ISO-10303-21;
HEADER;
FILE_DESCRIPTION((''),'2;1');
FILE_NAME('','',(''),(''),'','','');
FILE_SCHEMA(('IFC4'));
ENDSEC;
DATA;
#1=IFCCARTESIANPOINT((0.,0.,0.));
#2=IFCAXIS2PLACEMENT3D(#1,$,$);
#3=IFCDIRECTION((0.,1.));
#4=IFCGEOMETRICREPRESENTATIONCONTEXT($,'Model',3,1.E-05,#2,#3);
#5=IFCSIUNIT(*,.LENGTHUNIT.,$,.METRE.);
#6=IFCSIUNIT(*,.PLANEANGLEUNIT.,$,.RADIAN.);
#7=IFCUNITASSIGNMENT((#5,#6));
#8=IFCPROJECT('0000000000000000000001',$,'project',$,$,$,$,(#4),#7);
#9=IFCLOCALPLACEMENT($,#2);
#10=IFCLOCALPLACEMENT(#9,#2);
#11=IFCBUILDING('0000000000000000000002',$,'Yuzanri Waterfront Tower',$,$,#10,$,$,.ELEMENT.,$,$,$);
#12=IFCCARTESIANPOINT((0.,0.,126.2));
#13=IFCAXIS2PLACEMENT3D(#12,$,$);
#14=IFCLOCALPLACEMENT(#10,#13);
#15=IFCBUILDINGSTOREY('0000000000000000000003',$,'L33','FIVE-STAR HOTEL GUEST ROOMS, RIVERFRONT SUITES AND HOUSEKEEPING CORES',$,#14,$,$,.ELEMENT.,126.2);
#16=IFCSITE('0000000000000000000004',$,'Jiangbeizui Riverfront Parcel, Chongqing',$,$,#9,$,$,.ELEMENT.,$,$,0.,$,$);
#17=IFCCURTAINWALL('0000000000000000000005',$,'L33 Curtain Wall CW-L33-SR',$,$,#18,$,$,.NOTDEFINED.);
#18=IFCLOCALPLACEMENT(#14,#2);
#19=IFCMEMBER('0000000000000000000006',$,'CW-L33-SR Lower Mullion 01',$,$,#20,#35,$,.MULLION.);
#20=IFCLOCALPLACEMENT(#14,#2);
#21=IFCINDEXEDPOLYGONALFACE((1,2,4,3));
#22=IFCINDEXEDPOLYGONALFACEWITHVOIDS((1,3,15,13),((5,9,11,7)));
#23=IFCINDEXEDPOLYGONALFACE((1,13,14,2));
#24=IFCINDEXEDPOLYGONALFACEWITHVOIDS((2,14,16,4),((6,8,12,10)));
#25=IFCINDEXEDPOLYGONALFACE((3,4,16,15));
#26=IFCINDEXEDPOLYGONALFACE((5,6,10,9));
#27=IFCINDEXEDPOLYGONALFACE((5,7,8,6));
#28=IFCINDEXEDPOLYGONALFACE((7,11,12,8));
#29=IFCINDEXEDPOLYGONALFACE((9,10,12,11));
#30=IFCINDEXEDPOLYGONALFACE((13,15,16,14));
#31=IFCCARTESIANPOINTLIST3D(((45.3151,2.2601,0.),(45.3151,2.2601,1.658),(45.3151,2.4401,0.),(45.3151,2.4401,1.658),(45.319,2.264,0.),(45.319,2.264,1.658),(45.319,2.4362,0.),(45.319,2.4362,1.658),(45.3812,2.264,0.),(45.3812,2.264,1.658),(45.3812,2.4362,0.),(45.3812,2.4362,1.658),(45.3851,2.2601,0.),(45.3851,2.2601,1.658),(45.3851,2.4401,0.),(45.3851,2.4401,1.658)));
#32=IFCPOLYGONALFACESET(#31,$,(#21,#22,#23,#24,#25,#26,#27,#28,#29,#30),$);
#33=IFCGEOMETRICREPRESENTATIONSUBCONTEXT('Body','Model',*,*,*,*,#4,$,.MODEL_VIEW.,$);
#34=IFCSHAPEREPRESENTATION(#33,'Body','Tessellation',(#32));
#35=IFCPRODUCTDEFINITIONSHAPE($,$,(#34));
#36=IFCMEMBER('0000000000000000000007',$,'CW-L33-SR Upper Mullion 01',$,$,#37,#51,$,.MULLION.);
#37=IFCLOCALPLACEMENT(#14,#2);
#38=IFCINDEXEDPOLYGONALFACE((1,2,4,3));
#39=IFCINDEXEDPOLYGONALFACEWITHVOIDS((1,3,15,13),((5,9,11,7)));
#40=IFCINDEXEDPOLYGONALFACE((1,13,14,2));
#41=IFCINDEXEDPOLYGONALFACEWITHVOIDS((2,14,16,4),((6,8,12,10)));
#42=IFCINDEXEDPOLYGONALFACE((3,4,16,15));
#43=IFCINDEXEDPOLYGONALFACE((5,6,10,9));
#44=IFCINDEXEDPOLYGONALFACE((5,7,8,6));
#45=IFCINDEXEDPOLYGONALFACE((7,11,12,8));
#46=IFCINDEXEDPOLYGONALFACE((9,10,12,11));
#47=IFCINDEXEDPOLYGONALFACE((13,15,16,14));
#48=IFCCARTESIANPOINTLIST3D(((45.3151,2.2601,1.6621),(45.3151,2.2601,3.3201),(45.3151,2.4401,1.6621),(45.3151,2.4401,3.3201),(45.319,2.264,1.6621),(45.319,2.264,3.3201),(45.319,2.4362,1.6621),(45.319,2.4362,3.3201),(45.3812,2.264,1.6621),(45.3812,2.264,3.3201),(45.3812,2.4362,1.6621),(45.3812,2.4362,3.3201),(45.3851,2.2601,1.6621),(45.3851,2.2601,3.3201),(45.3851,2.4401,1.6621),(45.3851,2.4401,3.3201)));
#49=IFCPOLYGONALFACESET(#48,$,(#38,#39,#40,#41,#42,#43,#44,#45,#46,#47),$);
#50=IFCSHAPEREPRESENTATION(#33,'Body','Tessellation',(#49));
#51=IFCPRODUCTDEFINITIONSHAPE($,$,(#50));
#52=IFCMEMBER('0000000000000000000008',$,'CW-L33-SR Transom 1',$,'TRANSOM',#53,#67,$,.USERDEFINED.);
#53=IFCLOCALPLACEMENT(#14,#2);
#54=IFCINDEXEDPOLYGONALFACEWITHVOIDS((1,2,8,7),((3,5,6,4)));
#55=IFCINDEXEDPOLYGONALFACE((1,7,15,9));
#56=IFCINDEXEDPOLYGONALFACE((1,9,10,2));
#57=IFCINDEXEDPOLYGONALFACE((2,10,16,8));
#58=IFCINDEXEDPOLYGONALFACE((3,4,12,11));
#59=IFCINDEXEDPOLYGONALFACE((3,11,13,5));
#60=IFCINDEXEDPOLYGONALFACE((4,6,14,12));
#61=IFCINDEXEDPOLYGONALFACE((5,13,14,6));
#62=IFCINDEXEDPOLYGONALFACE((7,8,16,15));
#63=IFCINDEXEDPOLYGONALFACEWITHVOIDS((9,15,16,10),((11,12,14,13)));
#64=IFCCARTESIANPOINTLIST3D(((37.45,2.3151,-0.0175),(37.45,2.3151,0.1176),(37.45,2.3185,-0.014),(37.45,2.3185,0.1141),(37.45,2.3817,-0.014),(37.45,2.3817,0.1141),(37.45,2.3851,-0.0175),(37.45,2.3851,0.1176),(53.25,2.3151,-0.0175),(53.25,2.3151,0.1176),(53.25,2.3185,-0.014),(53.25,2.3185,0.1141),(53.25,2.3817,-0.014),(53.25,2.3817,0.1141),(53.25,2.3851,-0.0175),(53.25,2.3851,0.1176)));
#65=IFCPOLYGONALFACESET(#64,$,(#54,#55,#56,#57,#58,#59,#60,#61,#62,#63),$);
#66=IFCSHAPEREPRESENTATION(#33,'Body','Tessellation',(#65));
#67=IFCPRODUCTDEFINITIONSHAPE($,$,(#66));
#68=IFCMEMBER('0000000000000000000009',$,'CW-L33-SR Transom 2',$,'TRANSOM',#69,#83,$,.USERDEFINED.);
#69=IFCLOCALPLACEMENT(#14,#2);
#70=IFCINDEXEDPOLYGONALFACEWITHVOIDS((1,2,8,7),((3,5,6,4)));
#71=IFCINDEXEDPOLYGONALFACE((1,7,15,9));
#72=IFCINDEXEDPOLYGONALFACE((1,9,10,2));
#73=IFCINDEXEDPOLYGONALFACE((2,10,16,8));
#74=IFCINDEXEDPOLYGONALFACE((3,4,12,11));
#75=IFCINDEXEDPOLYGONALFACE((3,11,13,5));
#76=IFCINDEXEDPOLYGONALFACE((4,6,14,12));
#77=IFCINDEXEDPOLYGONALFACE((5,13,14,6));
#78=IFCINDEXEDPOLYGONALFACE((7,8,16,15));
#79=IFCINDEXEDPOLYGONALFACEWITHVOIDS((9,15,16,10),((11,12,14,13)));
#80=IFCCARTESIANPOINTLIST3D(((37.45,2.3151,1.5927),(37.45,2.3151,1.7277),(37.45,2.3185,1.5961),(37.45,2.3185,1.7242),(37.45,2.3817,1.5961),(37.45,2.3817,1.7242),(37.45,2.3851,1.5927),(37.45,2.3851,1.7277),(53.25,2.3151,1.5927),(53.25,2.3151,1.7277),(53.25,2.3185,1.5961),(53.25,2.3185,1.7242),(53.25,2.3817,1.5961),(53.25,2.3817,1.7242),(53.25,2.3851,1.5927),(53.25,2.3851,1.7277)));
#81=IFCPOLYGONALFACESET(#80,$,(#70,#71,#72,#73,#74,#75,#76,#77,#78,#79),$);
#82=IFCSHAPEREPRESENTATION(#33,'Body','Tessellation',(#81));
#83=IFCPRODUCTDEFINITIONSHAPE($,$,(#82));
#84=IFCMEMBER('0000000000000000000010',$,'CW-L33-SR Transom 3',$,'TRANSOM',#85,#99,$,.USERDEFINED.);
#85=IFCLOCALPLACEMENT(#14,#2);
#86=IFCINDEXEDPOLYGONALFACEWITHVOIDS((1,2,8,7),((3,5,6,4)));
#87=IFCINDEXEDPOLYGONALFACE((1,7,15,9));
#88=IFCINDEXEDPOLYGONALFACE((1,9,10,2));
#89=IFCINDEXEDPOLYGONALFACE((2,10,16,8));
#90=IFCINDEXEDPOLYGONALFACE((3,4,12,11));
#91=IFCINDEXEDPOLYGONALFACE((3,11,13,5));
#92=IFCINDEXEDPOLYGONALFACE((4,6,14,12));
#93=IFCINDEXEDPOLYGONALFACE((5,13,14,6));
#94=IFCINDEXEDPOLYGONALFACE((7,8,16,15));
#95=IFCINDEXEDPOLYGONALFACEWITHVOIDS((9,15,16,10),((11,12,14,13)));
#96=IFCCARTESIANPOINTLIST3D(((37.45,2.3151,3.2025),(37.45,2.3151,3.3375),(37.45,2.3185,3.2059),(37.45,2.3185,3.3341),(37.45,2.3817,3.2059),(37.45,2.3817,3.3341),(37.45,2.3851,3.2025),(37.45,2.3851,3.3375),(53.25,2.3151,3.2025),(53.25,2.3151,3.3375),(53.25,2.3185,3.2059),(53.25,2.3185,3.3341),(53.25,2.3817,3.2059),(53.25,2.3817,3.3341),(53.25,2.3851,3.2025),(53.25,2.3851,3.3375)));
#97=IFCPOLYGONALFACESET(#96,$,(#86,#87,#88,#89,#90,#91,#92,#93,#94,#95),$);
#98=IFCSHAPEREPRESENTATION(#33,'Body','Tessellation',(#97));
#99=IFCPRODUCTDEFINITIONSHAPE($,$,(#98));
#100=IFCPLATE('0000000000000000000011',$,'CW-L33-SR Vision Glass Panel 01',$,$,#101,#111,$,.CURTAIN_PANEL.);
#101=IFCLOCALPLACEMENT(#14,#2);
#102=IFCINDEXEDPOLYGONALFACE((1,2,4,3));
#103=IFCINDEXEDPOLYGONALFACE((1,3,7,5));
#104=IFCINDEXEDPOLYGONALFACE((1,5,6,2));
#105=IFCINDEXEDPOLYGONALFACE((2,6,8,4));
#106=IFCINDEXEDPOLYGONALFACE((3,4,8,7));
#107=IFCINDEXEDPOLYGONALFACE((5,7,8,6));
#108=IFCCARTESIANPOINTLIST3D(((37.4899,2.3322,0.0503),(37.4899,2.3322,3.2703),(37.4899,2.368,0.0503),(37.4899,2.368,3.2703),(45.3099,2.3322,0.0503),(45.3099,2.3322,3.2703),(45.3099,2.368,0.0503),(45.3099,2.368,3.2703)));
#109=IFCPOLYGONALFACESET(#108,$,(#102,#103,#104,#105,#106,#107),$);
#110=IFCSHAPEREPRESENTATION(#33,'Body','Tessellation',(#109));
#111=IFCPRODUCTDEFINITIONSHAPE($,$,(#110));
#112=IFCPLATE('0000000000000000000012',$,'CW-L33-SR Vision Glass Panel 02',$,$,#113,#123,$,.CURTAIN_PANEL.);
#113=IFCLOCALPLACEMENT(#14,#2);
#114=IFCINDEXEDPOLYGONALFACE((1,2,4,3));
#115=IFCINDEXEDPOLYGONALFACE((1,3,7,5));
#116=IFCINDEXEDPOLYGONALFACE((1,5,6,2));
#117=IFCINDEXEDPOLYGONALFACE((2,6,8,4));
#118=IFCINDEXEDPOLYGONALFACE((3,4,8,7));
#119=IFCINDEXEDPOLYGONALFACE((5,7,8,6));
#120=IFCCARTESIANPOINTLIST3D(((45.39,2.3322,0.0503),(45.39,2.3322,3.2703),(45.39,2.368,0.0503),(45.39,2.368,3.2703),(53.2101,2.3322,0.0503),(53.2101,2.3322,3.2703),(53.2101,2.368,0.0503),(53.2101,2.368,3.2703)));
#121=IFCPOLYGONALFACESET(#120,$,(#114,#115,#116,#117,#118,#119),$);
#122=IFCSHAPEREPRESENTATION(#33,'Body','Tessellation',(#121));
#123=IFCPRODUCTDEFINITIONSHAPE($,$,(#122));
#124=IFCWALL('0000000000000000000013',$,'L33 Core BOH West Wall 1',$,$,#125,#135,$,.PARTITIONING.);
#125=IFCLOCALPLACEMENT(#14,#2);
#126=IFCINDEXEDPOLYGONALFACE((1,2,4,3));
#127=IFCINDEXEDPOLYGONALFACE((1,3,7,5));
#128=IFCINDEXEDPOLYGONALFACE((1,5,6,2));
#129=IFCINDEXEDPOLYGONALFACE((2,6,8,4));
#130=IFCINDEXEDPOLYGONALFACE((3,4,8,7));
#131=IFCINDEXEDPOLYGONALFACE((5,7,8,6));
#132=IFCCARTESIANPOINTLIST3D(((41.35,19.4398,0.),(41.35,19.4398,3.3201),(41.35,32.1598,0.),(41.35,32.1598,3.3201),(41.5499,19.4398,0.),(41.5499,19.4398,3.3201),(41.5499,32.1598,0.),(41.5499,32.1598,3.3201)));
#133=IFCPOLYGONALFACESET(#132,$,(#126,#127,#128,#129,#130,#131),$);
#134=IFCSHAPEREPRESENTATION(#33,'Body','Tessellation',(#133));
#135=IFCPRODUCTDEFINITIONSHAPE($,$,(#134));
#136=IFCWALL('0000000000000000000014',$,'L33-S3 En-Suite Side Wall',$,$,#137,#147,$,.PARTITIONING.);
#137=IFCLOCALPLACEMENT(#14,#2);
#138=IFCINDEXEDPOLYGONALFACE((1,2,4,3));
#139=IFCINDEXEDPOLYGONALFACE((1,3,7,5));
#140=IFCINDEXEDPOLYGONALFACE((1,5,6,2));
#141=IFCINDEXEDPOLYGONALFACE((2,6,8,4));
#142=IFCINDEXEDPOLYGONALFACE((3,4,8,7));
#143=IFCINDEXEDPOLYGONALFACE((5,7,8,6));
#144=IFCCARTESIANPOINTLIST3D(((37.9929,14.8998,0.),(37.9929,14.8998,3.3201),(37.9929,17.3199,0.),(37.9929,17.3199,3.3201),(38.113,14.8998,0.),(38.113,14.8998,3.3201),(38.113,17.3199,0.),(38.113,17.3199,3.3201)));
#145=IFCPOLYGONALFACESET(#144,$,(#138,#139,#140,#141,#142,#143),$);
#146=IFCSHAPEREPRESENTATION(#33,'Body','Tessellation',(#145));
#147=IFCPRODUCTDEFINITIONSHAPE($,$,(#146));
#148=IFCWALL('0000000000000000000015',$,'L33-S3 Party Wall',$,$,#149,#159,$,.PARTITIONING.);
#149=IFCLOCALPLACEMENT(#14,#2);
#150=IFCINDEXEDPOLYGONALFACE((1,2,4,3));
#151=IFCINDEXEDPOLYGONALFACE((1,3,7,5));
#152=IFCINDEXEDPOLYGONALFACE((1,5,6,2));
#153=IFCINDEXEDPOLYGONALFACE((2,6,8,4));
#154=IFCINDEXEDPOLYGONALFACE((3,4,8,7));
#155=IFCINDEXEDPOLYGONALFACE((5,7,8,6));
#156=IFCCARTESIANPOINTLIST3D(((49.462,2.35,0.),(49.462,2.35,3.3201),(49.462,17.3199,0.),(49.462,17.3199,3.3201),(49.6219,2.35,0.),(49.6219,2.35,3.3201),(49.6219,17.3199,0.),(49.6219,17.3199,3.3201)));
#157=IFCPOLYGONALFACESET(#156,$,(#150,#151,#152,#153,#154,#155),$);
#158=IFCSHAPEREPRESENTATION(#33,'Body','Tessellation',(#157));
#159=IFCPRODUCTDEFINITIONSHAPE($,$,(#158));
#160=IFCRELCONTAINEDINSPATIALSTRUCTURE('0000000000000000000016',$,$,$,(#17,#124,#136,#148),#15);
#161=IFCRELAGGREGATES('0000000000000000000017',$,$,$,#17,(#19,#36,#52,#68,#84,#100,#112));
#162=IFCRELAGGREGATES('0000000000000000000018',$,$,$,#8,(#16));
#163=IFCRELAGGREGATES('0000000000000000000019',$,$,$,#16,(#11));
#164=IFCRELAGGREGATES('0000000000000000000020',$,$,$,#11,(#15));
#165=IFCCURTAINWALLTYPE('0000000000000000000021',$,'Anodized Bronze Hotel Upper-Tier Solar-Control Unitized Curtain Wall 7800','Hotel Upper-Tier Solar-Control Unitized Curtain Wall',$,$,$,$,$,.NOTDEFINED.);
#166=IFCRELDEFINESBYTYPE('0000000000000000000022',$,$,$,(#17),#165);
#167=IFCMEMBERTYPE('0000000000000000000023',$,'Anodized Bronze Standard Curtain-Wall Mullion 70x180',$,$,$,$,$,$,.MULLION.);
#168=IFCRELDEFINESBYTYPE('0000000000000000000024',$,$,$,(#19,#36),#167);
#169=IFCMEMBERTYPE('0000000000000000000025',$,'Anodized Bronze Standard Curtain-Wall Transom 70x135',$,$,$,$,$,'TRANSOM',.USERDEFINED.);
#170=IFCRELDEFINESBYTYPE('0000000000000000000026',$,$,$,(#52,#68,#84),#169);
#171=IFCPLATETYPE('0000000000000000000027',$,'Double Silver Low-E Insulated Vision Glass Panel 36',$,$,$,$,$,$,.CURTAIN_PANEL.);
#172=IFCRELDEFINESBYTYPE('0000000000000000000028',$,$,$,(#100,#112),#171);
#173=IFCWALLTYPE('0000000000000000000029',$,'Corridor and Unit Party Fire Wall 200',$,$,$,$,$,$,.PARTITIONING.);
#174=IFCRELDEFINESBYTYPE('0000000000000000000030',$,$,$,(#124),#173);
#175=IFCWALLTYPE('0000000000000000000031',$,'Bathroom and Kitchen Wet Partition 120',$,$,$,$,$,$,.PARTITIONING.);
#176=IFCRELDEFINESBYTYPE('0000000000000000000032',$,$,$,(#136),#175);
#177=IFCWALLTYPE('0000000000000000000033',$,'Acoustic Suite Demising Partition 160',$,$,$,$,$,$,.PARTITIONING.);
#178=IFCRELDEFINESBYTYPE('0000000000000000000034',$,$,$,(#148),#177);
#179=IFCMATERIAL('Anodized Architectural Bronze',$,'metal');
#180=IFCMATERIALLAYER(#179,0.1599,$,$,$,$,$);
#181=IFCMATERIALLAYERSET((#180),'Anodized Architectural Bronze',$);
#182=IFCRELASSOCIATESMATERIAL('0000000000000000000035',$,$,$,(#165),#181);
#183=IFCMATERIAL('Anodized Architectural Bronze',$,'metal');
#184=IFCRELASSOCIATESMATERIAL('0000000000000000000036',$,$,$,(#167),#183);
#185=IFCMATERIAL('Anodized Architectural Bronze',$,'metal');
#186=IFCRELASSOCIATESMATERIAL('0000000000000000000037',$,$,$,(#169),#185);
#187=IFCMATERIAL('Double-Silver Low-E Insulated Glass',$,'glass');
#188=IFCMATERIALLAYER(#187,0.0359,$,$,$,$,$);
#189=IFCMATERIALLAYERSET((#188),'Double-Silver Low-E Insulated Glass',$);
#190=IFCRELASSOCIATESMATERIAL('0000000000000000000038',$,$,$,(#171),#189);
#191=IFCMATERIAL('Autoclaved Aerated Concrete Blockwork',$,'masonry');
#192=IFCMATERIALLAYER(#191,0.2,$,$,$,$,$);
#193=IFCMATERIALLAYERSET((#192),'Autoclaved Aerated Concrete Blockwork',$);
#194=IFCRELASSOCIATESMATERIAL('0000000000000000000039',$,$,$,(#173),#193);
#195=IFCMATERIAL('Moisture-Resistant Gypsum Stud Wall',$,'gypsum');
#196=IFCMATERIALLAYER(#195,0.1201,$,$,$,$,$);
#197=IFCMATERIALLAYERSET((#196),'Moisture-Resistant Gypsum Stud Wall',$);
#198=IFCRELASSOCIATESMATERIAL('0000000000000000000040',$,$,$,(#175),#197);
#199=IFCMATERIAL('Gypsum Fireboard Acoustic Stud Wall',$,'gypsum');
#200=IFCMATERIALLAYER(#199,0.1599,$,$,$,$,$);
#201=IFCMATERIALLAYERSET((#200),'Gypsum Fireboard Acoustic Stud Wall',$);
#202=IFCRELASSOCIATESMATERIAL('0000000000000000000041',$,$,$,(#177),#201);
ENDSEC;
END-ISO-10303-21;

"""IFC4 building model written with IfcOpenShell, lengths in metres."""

from ifc_helpers import new_model, si_unit, direction, frame, frame_2d, origin, origin_2d, place, context, subcontext, project, spatial, rectangle, hollow_rectangle, extrude, source, transform, mapped, material, layer, layer_set, material_profile, profile_set, type_object, element, aggregate, save


model = new_model("IFC4")

# Units and contexts
model_context = context("Model", 3, precision=1e-05, world=origin(), true_north=direction((0.0, 1.0)))
body_context = subcontext(model_context, "Body", "Model", "MODEL_VIEW")
ifc_project = project(units=[si_unit("LENGTHUNIT", "METRE"), si_unit("PLANEANGLEUNIT", "RADIAN")], contexts=[model_context])

# Site, building, storey
site_placement = place(None, origin())
site = spatial("IfcSite", under=ifc_project, at=site_placement, Name="Jiangbeizui Riverfront Parcel, Chongqing", CompositionType="ELEMENT", RefElevation=0.0)
building_placement = place(site_placement, origin())
building = spatial("IfcBuilding", under=site, at=building_placement, Name="Yuzanri Waterfront Tower", CompositionType="ELEMENT")
storey_placement = place(building_placement, frame((0.0, 0.0, 126.2)))
storey = spatial("IfcBuildingStorey", under=building, at=storey_placement, Name="L33", Description="FIVE-STAR HOTEL GUEST ROOMS, RIVERFRONT SUITES AND HOUSEKEEPING CORES", CompositionType="ELEMENT", Elevation=126.2)

# Curtain wall, members, plates
ifc_material_1 = material(Name="Anodized Architectural Bronze", Category="metal")
ifc_layer_1 = layer(ifc_material_1, 0.1599)
ifc_layer_set_1 = layer_set([ifc_layer_1], Name="Anodized Architectural Bronze")
curtain_wall_type = type_object("IfcCurtainWallType", Name="Anodized Bronze Hotel Upper-Tier Solar-Control Unitized Curtain Wall 7800", Description="Hotel Upper-Tier Solar-Control Unitized Curtain Wall", PredefinedType="NOTDEFINED", material=ifc_layer_set_1)
curtain_wall_placement = place(storey_placement, origin())
curtain_wall = element("IfcCurtainWall", 1, at=curtain_wall_placement, inside=storey, type_object=curtain_wall_type, Name="L33 Curtain Wall CW-L33-SR", PredefinedType="NOTDEFINED")
ifc_material_2 = material(Name="Anodized Architectural Bronze", Category="metal")
ifc_material_profile_1 = material_profile(ifc_material_2, hollow_rectangle(XDim=0.0701, YDim=0.1799, WallThickness=0.0039, at=origin_2d()), Name="CWM 70x180")
ifc_profile_set_1 = profile_set([ifc_material_profile_1], Name="Anodized Architectural Bronze")
member_type_1 = type_object("IfcMemberType", Name="Anodized Bronze Standard Curtain-Wall Mullion 70x180", PredefinedType="MULLION", material=ifc_profile_set_1)
shared_shape_1 = source(origin(), body_context, "Body", "SweptSolid", [
    extrude(hollow_rectangle(XDim=0.0701, YDim=0.1799, WallThickness=0.0039, at=origin_2d()), origin(), (0.0, 0.0, 1.0), 1.658),
])
member_1_placement = place(storey_placement, frame((45.3501, 2.3501, 0.0), z_axis=(0.0, 0.0, 1.0), x_axis=(1.0, 0.0, 0.0)))
member_1 = element("IfcMember", 2, at=member_1_placement, type_object=member_type_1, Name="CW-L33-SR Lower Mullion 01", PredefinedType="MULLION", context=body_context, shape_type="MappedRepresentation", body=[
    mapped(shared_shape_1, transform((0.0, 0.0, 0.0), scale=1.0)),
])
member_2_placement = place(storey_placement, frame((45.3501, 2.3501, 1.6621), z_axis=(0.0, 0.0, 1.0), x_axis=(1.0, 0.0, 0.0)))
member_2 = element("IfcMember", 3, at=member_2_placement, type_object=member_type_1, Name="CW-L33-SR Upper Mullion 01", PredefinedType="MULLION", context=body_context, shape_type="MappedRepresentation", body=[
    mapped(shared_shape_1, transform((0.0, 0.0, 0.0), scale=1.0)),
])
ifc_material_3 = material(Name="Anodized Architectural Bronze", Category="metal")
ifc_material_profile_2 = material_profile(ifc_material_3, hollow_rectangle(XDim=0.0701, YDim=0.135, WallThickness=0.0034, at=origin_2d()), Name="CWT 70x135")
ifc_profile_set_2 = profile_set([ifc_material_profile_2], Name="Anodized Architectural Bronze")
member_type_2 = type_object("IfcMemberType", Name="Anodized Bronze Standard Curtain-Wall Transom 70x135", ElementType="TRANSOM", PredefinedType="USERDEFINED", material=ifc_profile_set_2)
shared_shape_2 = source(origin(), body_context, "Body", "SweptSolid", [
    extrude(hollow_rectangle(XDim=0.0701, YDim=0.135, WallThickness=0.0034, at=origin_2d()), origin(), (0.0, 0.0, 1.0), 15.8),
])
member_3_placement = place(storey_placement, frame((37.45, 2.3501, 0.05), z_axis=(1.0, 0.0, 0.0), x_axis=(0.0, 1.0, 0.0)))
member_3 = element("IfcMember", 4, at=member_3_placement, type_object=member_type_2, Name="CW-L33-SR Transom 1", ObjectType="TRANSOM", PredefinedType="USERDEFINED", context=body_context, shape_type="MappedRepresentation", body=[
    mapped(shared_shape_2, transform((0.0, 0.0, 0.0), scale=1.0)),
])
member_4_placement = place(storey_placement, frame((37.45, 2.3501, 1.6602), z_axis=(1.0, 0.0, 0.0), x_axis=(0.0, 1.0, 0.0)))
member_4 = element("IfcMember", 5, at=member_4_placement, type_object=member_type_2, Name="CW-L33-SR Transom 2", ObjectType="TRANSOM", PredefinedType="USERDEFINED", context=body_context, shape_type="MappedRepresentation", body=[
    mapped(shared_shape_2, transform((0.0, 0.0, 0.0), scale=1.0)),
])
member_5_placement = place(storey_placement, frame((37.45, 2.3501, 3.27), z_axis=(1.0, 0.0, 0.0), x_axis=(0.0, 1.0, 0.0)))
member_5 = element("IfcMember", 6, at=member_5_placement, type_object=member_type_2, Name="CW-L33-SR Transom 3", ObjectType="TRANSOM", PredefinedType="USERDEFINED", context=body_context, shape_type="MappedRepresentation", body=[
    mapped(shared_shape_2, transform((0.0, 0.0, 0.0), scale=1.0)),
])
ifc_material_4 = material(Name="Double-Silver Low-E Insulated Glass", Category="glass")
ifc_layer_2 = layer(ifc_material_4, 0.0359)
ifc_layer_set_2 = layer_set([ifc_layer_2], Name="Double-Silver Low-E Insulated Glass")
plate_type = type_object("IfcPlateType", Name="Double Silver Low-E Insulated Vision Glass Panel 36", PredefinedType="CURTAIN_PANEL", material=ifc_layer_set_2)
shared_shape_3 = source(origin(), body_context, "Body", "SweptSolid", [
    extrude(rectangle(XDim=7.8201, YDim=0.0359, at=origin_2d()), origin(), (0.0, 0.0, 1.0), 3.22),
])
plate_1_placement = place(storey_placement, frame((41.3999, 2.3501, 0.0503), z_axis=(0.0, 0.0, 1.0), x_axis=(1.0, 0.0, 0.0)))
plate_1 = element("IfcPlate", 7, at=plate_1_placement, type_object=plate_type, Name="CW-L33-SR Vision Glass Panel 01", PredefinedType="CURTAIN_PANEL", context=body_context, shape_type="MappedRepresentation", body=[
    mapped(shared_shape_3, transform((0.0, 0.0, 0.0), scale=1.0)),
])
plate_2_placement = place(storey_placement, frame((49.3, 2.3501, 0.0503), z_axis=(0.0, 0.0, 1.0), x_axis=(1.0, 0.0, 0.0)))
plate_2 = element("IfcPlate", 8, at=plate_2_placement, type_object=plate_type, Name="CW-L33-SR Vision Glass Panel 02", PredefinedType="CURTAIN_PANEL", context=body_context, shape_type="MappedRepresentation", body=[
    mapped(shared_shape_3, transform((0.0, 0.0, 0.0), scale=1.0)),
])
aggregate(curtain_wall, [member_1, member_2, member_3, member_4, member_5, plate_1, plate_2])

# Walls
ifc_material_5 = material(Name="Autoclaved Aerated Concrete Blockwork", Category="masonry")
ifc_layer_3 = layer(ifc_material_5, 0.2)
ifc_layer_set_3 = layer_set([ifc_layer_3], Name="Autoclaved Aerated Concrete Blockwork")
wall_type_1 = type_object("IfcWallType", Name="Corridor and Unit Party Fire Wall 200", PredefinedType="PARTITIONING", material=ifc_layer_set_3)
shared_shape_4 = source(origin(), body_context, "Body", "SweptSolid", [
    extrude(rectangle(XDim=12.72, YDim=0.2, at=frame_2d((6.3599, 0.0))), origin(), (0.0, 0.0, 1.0), 3.3201),
])
wall_1_placement = place(storey_placement, frame((41.45, 19.4399, 0.0), z_axis=(0.0, 0.0, 1.0), x_axis=(0.0, 1.0, 0.0)))
element("IfcWall", 9, at=wall_1_placement, inside=storey, type_object=wall_type_1, Name="L33 Core BOH West Wall 1", PredefinedType="PARTITIONING", context=body_context, shape_type="MappedRepresentation", body=[
    mapped(shared_shape_4, transform((0.0, 0.0, 0.0), scale=1.0)),
])
ifc_material_6 = material(Name="Moisture-Resistant Gypsum Stud Wall", Category="gypsum")
ifc_layer_4 = layer(ifc_material_6, 0.1201)
ifc_layer_set_4 = layer_set([ifc_layer_4], Name="Moisture-Resistant Gypsum Stud Wall")
wall_type_2 = type_object("IfcWallType", Name="Bathroom and Kitchen Wet Partition 120", PredefinedType="PARTITIONING", material=ifc_layer_set_4)
shared_shape_5 = source(origin(), body_context, "Body", "SweptSolid", [
    extrude(rectangle(XDim=2.4202, YDim=0.1201, at=frame_2d((1.21, 0.0))), origin(), (0.0, 0.0, 1.0), 3.3201),
])
wall_2_placement = place(storey_placement, frame((38.053, 14.8999, 0.0), z_axis=(0.0, 0.0, 1.0), x_axis=(0.0, 1.0, 0.0)))
element("IfcWall", 10, at=wall_2_placement, inside=storey, type_object=wall_type_2, Name="L33-S3 En-Suite Side Wall", PredefinedType="PARTITIONING", context=body_context, shape_type="MappedRepresentation", body=[
    mapped(shared_shape_5, transform((0.0, 0.0, 0.0), scale=1.0)),
])
ifc_material_7 = material(Name="Gypsum Fireboard Acoustic Stud Wall", Category="gypsum")
ifc_layer_5 = layer(ifc_material_7, 0.1599)
ifc_layer_set_5 = layer_set([ifc_layer_5], Name="Gypsum Fireboard Acoustic Stud Wall")
wall_type_3 = type_object("IfcWallType", Name="Acoustic Suite Demising Partition 160", PredefinedType="PARTITIONING", material=ifc_layer_set_5)
shared_shape_6 = source(origin(), body_context, "Body", "SweptSolid", [
    extrude(rectangle(XDim=14.97, YDim=0.1599, at=frame_2d((7.4849, 0.0))), origin(), (0.0, 0.0, 1.0), 3.3201),
])
wall_3_placement = place(storey_placement, frame((49.542, 2.3501, 0.0), z_axis=(0.0, 0.0, 1.0), x_axis=(0.0, 1.0, 0.0)))
element("IfcWall", 11, at=wall_3_placement, inside=storey, type_object=wall_type_3, Name="L33-S3 Party Wall", PredefinedType="PARTITIONING", context=body_context, shape_type="MappedRepresentation", body=[
    mapped(shared_shape_6, transform((0.0, 0.0, 0.0), scale=1.0)),
])

save(model, "model.ifc")
